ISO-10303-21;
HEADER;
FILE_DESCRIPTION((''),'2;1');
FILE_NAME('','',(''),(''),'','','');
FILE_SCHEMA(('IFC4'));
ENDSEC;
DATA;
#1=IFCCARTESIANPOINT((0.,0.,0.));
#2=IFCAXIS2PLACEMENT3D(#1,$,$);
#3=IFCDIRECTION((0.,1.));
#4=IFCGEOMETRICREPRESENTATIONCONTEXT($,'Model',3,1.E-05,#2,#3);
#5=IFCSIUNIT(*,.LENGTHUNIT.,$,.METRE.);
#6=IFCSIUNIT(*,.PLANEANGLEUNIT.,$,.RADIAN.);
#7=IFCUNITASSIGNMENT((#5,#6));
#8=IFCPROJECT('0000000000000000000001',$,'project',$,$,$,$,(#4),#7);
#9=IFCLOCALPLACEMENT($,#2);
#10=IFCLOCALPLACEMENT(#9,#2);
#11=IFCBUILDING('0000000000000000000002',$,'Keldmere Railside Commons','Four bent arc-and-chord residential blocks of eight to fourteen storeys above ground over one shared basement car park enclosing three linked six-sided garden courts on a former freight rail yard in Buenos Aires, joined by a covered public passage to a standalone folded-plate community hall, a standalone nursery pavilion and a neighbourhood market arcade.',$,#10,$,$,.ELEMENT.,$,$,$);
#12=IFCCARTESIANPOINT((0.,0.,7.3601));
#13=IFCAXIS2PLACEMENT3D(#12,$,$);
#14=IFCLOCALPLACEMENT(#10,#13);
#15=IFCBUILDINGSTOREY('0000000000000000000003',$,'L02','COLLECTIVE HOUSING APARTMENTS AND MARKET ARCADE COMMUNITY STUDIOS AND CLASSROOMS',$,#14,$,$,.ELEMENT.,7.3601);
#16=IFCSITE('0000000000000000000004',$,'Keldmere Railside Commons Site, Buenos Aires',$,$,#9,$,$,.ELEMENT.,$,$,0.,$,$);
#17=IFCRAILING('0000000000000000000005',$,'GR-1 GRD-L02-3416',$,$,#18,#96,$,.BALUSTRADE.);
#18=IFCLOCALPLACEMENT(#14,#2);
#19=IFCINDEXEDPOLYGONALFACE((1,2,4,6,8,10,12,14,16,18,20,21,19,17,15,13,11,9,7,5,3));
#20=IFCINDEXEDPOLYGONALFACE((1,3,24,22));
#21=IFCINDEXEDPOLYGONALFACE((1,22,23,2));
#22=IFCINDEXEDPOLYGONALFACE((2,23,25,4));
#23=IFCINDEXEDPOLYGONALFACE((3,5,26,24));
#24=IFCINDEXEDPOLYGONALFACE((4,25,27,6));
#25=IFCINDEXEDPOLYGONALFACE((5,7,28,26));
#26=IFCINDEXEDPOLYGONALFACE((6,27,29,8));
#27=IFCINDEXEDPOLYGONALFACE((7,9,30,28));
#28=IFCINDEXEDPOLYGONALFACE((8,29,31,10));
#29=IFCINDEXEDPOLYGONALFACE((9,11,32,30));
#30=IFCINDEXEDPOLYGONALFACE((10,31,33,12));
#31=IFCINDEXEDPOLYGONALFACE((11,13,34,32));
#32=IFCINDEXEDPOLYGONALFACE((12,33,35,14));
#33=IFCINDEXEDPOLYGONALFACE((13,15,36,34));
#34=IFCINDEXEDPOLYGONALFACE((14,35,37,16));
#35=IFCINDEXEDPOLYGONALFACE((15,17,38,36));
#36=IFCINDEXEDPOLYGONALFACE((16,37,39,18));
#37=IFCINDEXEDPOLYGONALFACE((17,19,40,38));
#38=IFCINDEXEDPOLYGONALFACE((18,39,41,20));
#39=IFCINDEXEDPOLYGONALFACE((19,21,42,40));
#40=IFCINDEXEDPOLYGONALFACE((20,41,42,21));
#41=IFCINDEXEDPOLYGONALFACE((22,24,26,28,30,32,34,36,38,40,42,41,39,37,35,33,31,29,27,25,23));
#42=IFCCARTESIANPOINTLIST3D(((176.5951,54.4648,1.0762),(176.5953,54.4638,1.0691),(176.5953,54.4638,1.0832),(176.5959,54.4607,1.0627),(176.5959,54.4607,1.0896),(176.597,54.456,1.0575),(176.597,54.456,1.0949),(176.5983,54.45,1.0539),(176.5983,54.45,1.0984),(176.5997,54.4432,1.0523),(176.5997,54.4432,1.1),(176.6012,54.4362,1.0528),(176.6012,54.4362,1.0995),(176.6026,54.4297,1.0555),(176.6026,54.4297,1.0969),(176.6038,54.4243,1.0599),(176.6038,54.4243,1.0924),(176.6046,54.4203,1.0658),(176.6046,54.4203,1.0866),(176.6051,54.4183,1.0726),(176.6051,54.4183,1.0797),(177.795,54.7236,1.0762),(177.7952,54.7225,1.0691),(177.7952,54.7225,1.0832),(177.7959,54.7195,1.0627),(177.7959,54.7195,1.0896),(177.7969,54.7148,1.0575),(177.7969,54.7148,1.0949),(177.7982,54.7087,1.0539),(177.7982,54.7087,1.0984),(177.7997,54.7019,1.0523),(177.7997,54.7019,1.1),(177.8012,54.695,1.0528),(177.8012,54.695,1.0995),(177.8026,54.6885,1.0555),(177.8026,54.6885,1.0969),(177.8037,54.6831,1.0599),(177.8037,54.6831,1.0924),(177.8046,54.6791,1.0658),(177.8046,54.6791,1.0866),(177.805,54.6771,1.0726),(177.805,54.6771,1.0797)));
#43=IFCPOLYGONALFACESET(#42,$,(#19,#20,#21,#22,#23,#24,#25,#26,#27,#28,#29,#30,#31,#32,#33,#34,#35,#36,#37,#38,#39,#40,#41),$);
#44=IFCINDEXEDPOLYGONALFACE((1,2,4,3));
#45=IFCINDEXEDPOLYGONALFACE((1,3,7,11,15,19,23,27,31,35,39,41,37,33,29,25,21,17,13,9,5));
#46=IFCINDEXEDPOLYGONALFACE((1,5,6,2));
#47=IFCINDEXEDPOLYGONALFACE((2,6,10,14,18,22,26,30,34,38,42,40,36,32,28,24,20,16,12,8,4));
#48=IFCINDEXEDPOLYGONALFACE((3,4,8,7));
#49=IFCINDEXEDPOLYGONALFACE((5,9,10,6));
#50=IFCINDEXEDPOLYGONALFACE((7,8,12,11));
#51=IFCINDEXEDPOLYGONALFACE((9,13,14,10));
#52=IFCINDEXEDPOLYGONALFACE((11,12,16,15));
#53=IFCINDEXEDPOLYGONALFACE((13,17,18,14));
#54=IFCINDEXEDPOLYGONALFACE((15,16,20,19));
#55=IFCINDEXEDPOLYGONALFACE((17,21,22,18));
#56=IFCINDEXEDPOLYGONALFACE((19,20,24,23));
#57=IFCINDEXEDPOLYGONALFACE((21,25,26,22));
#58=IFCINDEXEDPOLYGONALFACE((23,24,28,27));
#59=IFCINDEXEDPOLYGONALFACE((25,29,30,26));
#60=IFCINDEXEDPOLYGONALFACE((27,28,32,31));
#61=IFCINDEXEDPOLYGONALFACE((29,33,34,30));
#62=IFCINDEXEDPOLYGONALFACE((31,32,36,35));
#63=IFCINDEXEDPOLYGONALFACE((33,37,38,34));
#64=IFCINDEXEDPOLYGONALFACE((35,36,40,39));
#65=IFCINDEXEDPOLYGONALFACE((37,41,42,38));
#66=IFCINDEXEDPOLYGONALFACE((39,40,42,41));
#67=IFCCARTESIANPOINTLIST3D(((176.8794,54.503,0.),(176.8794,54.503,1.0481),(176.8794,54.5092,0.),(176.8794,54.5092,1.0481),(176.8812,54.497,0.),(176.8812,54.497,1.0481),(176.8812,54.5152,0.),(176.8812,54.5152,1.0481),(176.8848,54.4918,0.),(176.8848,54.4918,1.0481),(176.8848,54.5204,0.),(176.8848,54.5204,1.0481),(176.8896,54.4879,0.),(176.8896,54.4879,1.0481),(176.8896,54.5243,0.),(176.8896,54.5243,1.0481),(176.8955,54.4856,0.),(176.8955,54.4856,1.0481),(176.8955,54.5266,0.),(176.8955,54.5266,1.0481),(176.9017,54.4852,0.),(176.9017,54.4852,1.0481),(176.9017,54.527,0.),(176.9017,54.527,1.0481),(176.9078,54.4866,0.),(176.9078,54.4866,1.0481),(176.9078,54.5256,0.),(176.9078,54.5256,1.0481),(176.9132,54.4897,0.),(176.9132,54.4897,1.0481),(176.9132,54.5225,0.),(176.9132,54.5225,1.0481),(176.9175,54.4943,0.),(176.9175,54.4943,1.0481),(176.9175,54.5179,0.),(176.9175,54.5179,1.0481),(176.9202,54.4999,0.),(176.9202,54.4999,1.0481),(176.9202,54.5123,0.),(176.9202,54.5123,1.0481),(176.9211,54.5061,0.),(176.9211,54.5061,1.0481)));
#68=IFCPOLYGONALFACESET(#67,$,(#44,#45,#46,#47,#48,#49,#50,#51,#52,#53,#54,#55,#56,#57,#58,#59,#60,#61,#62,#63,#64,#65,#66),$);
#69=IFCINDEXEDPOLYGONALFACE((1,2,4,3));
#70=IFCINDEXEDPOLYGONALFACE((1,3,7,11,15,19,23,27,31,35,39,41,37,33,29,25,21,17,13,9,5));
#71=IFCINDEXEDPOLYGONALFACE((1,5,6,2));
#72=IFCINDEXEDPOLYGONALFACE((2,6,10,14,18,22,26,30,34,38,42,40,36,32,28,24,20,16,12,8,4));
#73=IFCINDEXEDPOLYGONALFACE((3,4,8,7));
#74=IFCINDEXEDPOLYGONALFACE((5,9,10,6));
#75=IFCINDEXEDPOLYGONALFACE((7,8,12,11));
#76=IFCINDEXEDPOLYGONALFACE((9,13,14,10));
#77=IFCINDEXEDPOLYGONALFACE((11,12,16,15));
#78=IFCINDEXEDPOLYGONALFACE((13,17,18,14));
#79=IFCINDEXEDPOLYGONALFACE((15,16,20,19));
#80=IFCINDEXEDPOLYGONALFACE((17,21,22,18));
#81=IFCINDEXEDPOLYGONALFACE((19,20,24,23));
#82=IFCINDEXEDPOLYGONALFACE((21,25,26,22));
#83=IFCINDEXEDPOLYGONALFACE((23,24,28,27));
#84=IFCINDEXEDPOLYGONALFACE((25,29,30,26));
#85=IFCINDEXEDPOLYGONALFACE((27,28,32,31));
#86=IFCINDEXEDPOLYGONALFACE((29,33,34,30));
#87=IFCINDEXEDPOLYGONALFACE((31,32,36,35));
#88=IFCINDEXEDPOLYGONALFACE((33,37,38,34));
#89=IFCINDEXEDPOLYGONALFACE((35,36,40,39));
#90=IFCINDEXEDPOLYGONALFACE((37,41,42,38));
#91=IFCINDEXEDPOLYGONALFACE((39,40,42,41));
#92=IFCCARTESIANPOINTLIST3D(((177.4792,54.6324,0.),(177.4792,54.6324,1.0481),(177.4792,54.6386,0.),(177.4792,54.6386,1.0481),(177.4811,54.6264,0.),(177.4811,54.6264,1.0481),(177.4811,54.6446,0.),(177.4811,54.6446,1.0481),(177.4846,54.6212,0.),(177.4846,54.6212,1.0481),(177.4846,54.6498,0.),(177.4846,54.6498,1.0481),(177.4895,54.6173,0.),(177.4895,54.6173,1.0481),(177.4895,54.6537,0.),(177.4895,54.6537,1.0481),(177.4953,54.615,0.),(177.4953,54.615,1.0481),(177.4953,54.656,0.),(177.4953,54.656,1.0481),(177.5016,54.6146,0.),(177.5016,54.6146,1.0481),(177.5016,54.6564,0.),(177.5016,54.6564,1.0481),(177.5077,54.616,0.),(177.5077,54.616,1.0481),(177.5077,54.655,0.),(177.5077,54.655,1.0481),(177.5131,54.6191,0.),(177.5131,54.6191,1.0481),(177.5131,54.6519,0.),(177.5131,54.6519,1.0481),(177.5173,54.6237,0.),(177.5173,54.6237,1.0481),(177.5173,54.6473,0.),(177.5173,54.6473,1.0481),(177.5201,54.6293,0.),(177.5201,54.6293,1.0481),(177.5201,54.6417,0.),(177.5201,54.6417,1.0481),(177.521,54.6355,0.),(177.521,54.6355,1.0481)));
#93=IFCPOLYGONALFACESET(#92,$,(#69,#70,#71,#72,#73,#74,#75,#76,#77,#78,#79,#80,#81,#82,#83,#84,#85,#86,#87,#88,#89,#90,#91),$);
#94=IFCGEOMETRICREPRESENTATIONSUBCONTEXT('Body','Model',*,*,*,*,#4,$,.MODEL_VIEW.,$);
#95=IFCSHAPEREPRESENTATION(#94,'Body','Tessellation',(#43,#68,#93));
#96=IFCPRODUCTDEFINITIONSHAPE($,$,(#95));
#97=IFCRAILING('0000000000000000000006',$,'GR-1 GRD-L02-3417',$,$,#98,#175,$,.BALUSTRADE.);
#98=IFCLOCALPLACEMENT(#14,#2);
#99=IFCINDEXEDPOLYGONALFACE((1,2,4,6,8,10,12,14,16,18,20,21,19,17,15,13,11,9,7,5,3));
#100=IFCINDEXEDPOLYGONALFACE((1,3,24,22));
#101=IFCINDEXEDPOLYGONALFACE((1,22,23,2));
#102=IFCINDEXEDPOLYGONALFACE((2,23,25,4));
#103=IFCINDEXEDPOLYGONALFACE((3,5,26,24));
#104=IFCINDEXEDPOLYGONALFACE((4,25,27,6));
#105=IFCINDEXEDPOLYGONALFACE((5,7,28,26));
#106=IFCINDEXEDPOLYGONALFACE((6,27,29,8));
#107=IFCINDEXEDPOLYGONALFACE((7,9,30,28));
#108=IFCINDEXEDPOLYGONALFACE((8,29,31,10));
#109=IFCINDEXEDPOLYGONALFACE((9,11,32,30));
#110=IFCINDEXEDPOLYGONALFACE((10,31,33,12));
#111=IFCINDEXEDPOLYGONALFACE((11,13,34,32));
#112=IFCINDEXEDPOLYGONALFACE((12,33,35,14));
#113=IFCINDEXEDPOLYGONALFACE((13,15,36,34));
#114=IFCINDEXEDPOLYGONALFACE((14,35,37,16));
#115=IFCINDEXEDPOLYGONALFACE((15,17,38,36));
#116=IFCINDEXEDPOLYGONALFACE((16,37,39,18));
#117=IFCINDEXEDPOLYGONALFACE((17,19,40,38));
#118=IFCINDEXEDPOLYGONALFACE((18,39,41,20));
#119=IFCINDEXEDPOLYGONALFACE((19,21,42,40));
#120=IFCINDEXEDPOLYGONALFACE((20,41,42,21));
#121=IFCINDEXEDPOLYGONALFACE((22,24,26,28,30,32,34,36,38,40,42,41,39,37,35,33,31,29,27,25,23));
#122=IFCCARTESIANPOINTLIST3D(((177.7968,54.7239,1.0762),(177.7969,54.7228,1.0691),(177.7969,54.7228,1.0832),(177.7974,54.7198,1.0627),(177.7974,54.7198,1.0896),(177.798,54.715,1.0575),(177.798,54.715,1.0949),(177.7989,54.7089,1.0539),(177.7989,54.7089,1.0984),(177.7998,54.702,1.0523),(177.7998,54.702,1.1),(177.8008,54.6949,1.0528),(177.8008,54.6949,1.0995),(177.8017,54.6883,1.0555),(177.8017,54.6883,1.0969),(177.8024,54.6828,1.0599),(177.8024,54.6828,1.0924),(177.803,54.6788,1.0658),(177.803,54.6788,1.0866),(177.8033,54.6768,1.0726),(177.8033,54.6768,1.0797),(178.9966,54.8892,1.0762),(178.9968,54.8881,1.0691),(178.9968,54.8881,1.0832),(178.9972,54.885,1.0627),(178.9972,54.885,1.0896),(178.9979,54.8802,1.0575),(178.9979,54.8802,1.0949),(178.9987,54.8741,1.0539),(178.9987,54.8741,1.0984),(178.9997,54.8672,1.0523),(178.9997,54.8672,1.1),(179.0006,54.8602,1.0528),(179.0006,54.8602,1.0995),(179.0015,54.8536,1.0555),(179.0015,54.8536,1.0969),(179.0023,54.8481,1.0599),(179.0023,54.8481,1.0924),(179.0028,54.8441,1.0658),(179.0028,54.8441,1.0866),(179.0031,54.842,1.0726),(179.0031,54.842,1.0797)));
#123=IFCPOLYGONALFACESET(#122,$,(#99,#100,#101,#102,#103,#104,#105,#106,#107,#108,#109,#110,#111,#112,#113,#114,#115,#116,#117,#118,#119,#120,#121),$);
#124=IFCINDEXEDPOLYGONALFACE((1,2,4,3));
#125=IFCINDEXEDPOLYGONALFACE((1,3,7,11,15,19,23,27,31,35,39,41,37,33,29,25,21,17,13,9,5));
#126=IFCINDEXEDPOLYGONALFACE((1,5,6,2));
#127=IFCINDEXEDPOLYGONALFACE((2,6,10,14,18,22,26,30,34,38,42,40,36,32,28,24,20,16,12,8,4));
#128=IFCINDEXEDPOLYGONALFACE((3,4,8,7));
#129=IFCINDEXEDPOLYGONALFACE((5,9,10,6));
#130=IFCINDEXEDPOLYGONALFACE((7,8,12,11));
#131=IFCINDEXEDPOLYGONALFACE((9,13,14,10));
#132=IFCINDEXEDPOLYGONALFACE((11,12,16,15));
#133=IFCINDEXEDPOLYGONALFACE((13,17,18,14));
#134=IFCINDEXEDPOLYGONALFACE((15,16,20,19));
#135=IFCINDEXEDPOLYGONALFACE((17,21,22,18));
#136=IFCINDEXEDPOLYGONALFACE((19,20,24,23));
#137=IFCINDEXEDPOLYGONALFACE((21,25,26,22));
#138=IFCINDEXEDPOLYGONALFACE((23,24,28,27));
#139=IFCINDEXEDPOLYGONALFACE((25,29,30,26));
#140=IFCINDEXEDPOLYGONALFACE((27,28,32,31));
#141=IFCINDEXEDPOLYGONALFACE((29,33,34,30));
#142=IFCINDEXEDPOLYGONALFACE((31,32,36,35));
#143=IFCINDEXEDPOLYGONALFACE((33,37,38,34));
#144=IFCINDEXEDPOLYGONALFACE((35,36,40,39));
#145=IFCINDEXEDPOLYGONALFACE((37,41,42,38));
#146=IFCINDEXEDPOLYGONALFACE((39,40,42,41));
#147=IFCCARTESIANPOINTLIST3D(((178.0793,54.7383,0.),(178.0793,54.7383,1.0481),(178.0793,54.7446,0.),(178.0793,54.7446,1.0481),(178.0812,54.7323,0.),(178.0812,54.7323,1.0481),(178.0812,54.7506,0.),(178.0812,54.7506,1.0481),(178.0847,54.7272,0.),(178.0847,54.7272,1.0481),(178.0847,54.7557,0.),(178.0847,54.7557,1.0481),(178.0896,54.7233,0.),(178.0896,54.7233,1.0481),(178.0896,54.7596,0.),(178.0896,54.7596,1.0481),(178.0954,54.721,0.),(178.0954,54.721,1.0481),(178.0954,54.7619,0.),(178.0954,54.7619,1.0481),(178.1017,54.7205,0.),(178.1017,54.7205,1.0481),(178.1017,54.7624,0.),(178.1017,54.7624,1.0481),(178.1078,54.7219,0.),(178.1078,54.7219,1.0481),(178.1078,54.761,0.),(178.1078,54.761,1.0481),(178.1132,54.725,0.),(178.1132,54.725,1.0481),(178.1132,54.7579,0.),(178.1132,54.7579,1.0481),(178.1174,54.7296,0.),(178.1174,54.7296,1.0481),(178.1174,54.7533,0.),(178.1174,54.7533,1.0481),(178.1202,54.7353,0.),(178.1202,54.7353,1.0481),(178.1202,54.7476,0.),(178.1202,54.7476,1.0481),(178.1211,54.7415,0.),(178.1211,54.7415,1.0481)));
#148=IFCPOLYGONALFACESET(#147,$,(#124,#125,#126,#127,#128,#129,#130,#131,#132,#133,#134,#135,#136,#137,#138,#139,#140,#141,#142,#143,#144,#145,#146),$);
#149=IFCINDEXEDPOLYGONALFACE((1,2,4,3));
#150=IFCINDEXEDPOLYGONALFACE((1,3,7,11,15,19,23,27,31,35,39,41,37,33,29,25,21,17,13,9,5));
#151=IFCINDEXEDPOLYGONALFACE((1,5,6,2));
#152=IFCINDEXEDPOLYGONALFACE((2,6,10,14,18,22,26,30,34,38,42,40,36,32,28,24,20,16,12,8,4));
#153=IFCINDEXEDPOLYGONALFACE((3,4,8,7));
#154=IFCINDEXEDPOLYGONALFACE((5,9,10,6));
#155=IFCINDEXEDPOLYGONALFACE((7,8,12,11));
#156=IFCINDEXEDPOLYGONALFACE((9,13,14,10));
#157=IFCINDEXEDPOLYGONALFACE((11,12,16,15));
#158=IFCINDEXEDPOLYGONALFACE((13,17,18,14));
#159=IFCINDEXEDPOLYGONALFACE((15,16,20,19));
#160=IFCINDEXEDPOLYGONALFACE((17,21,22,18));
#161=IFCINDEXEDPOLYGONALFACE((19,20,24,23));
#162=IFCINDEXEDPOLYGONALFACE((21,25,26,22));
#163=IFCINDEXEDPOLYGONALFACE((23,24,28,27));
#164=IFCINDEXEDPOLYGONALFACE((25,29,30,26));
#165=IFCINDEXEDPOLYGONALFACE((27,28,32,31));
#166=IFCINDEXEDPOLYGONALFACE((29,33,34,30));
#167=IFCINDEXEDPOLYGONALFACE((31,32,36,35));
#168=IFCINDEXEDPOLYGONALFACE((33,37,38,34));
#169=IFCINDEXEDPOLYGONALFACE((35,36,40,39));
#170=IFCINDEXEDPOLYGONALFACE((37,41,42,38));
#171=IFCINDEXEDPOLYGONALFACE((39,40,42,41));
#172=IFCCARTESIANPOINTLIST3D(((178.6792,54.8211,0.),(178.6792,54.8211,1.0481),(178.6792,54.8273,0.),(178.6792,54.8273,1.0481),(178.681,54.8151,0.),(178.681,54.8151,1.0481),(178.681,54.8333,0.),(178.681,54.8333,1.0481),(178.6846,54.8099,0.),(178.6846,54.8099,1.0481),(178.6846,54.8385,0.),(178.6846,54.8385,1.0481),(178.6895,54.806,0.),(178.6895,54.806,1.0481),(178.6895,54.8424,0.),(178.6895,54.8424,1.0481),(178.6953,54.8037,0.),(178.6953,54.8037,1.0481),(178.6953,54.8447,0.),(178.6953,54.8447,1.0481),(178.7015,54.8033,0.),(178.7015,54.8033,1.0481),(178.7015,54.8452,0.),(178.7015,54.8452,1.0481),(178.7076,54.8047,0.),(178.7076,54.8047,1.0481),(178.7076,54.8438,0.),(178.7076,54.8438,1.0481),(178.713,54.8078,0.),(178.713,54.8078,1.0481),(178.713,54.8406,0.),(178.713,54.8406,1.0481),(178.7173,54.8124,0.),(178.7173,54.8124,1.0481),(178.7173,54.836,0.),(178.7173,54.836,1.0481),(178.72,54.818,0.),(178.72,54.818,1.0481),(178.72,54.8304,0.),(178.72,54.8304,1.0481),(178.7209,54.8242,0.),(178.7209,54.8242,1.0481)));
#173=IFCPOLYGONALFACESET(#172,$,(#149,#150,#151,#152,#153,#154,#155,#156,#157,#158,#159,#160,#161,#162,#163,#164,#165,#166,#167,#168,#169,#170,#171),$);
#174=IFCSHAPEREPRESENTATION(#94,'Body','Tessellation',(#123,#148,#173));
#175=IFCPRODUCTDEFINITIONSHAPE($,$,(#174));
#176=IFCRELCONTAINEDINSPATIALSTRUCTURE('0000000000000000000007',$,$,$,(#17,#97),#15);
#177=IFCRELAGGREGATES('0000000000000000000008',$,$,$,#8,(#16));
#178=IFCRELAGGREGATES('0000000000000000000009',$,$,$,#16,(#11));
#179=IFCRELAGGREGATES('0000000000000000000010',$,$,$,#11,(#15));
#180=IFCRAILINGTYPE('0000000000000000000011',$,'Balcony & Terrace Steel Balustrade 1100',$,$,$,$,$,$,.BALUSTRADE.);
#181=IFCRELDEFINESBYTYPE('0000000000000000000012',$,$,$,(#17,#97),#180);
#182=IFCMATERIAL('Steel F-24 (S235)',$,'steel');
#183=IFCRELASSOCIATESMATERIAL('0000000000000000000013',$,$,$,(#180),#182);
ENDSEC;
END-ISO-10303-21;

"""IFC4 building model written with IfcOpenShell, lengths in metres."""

from ifc_helpers import new_model, si_unit, direction, frame, origin, origin_2d, place, context, subcontext, project, spatial, circle, extrude, material, type_object, element, save


model = new_model("IFC4")

# Units and contexts
model_context = context("Model", 3, precision=1e-05, world=origin(), true_north=direction((0.0, 1.0)))
body_context = subcontext(model_context, "Body", "Model", "MODEL_VIEW")
ifc_project = project(units=[si_unit("LENGTHUNIT", "METRE"), si_unit("PLANEANGLEUNIT", "RADIAN")], contexts=[model_context])

# Site, building, storey
site_placement = place(None, origin())
site = spatial("IfcSite", under=ifc_project, at=site_placement, Name="Keldmere Railside Commons Site, Buenos Aires", CompositionType="ELEMENT", RefElevation=0.0)
building_placement = place(site_placement, origin())
building = spatial("IfcBuilding", under=site, at=building_placement, Name="Keldmere Railside Commons", Description="Four bent arc-and-chord residential blocks of eight to fourteen storeys above ground over one shared basement car park enclosing three linked six-sided garden courts on a former freight rail yard in Buenos Aires, joined by a covered public passage to a standalone folded-plate community hall, a standalone nursery pavilion and a neighbourhood market arcade.", CompositionType="ELEMENT")
storey_placement = place(building_placement, frame((0.0, 0.0, 7.3601)))
storey = spatial("IfcBuildingStorey", under=building, at=storey_placement, Name="L02", Description="COLLECTIVE HOUSING APARTMENTS AND MARKET ARCADE COMMUNITY STUDIOS AND CLASSROOMS", CompositionType="ELEMENT", Elevation=7.3601)

# Railings
ifc_material_1 = material(Name="Steel F-24 (S235)", Category="steel")
railing_type = type_object("IfcRailingType", Name="Balcony & Terrace Steel Balustrade 1100", PredefinedType="BALUSTRADE", material=ifc_material_1)
railing_1_placement = place(storey_placement, frame((176.6001, 54.4414, 0.0)))
element("IfcRailing", 1, at=railing_1_placement, inside=storey, type_object=railing_type, Name="GR-1 GRD-L02-3416", PredefinedType="BALUSTRADE", context=body_context, shape_type="SweptSolid", body=[
    extrude(circle(Radius=0.0239, at=origin_2d()), frame((0.0, 0.0, 1.0762), z_axis=(0.977525, 0.210819, 0.0), x_axis=(-0.210819, 0.977525, 0.0)), (0.0, 0.0, 1.0), 1.2275),
    extrude(circle(Radius=0.021, at=origin_2d()), frame((0.3, 0.0647, 0.0)), (0.0, 0.0, 1.0), 1.0481),
    extrude(circle(Radius=0.021, at=origin_2d()), frame((0.8999, 0.1941, 0.0)), (0.0, 0.0, 1.0), 1.0481),
])
railing_2_placement = place(storey_placement, frame((177.8, 54.7002, 0.0)))
element("IfcRailing", 2, at=railing_2_placement, inside=storey, type_object=railing_type, Name="GR-1 GRD-L02-3417", PredefinedType="BALUSTRADE", context=body_context, shape_type="SweptSolid", body=[
    extrude(circle(Radius=0.0239, at=origin_2d()), frame((0.0, 0.0, 1.0762), z_axis=(0.990647, 0.136453, 0.0), x_axis=(-0.136453, 0.990647, 0.0)), (0.0, 0.0, 1.0), 1.2112),
    extrude(circle(Radius=0.021, at=origin_2d()), frame((0.3, 0.0413, 0.0)), (0.0, 0.0, 1.0), 1.0481),
    extrude(circle(Radius=0.021, at=origin_2d()), frame((0.8999, 0.124, 0.0)), (0.0, 0.0, 1.0), 1.0481),
])

save(model, "model.ifc")
